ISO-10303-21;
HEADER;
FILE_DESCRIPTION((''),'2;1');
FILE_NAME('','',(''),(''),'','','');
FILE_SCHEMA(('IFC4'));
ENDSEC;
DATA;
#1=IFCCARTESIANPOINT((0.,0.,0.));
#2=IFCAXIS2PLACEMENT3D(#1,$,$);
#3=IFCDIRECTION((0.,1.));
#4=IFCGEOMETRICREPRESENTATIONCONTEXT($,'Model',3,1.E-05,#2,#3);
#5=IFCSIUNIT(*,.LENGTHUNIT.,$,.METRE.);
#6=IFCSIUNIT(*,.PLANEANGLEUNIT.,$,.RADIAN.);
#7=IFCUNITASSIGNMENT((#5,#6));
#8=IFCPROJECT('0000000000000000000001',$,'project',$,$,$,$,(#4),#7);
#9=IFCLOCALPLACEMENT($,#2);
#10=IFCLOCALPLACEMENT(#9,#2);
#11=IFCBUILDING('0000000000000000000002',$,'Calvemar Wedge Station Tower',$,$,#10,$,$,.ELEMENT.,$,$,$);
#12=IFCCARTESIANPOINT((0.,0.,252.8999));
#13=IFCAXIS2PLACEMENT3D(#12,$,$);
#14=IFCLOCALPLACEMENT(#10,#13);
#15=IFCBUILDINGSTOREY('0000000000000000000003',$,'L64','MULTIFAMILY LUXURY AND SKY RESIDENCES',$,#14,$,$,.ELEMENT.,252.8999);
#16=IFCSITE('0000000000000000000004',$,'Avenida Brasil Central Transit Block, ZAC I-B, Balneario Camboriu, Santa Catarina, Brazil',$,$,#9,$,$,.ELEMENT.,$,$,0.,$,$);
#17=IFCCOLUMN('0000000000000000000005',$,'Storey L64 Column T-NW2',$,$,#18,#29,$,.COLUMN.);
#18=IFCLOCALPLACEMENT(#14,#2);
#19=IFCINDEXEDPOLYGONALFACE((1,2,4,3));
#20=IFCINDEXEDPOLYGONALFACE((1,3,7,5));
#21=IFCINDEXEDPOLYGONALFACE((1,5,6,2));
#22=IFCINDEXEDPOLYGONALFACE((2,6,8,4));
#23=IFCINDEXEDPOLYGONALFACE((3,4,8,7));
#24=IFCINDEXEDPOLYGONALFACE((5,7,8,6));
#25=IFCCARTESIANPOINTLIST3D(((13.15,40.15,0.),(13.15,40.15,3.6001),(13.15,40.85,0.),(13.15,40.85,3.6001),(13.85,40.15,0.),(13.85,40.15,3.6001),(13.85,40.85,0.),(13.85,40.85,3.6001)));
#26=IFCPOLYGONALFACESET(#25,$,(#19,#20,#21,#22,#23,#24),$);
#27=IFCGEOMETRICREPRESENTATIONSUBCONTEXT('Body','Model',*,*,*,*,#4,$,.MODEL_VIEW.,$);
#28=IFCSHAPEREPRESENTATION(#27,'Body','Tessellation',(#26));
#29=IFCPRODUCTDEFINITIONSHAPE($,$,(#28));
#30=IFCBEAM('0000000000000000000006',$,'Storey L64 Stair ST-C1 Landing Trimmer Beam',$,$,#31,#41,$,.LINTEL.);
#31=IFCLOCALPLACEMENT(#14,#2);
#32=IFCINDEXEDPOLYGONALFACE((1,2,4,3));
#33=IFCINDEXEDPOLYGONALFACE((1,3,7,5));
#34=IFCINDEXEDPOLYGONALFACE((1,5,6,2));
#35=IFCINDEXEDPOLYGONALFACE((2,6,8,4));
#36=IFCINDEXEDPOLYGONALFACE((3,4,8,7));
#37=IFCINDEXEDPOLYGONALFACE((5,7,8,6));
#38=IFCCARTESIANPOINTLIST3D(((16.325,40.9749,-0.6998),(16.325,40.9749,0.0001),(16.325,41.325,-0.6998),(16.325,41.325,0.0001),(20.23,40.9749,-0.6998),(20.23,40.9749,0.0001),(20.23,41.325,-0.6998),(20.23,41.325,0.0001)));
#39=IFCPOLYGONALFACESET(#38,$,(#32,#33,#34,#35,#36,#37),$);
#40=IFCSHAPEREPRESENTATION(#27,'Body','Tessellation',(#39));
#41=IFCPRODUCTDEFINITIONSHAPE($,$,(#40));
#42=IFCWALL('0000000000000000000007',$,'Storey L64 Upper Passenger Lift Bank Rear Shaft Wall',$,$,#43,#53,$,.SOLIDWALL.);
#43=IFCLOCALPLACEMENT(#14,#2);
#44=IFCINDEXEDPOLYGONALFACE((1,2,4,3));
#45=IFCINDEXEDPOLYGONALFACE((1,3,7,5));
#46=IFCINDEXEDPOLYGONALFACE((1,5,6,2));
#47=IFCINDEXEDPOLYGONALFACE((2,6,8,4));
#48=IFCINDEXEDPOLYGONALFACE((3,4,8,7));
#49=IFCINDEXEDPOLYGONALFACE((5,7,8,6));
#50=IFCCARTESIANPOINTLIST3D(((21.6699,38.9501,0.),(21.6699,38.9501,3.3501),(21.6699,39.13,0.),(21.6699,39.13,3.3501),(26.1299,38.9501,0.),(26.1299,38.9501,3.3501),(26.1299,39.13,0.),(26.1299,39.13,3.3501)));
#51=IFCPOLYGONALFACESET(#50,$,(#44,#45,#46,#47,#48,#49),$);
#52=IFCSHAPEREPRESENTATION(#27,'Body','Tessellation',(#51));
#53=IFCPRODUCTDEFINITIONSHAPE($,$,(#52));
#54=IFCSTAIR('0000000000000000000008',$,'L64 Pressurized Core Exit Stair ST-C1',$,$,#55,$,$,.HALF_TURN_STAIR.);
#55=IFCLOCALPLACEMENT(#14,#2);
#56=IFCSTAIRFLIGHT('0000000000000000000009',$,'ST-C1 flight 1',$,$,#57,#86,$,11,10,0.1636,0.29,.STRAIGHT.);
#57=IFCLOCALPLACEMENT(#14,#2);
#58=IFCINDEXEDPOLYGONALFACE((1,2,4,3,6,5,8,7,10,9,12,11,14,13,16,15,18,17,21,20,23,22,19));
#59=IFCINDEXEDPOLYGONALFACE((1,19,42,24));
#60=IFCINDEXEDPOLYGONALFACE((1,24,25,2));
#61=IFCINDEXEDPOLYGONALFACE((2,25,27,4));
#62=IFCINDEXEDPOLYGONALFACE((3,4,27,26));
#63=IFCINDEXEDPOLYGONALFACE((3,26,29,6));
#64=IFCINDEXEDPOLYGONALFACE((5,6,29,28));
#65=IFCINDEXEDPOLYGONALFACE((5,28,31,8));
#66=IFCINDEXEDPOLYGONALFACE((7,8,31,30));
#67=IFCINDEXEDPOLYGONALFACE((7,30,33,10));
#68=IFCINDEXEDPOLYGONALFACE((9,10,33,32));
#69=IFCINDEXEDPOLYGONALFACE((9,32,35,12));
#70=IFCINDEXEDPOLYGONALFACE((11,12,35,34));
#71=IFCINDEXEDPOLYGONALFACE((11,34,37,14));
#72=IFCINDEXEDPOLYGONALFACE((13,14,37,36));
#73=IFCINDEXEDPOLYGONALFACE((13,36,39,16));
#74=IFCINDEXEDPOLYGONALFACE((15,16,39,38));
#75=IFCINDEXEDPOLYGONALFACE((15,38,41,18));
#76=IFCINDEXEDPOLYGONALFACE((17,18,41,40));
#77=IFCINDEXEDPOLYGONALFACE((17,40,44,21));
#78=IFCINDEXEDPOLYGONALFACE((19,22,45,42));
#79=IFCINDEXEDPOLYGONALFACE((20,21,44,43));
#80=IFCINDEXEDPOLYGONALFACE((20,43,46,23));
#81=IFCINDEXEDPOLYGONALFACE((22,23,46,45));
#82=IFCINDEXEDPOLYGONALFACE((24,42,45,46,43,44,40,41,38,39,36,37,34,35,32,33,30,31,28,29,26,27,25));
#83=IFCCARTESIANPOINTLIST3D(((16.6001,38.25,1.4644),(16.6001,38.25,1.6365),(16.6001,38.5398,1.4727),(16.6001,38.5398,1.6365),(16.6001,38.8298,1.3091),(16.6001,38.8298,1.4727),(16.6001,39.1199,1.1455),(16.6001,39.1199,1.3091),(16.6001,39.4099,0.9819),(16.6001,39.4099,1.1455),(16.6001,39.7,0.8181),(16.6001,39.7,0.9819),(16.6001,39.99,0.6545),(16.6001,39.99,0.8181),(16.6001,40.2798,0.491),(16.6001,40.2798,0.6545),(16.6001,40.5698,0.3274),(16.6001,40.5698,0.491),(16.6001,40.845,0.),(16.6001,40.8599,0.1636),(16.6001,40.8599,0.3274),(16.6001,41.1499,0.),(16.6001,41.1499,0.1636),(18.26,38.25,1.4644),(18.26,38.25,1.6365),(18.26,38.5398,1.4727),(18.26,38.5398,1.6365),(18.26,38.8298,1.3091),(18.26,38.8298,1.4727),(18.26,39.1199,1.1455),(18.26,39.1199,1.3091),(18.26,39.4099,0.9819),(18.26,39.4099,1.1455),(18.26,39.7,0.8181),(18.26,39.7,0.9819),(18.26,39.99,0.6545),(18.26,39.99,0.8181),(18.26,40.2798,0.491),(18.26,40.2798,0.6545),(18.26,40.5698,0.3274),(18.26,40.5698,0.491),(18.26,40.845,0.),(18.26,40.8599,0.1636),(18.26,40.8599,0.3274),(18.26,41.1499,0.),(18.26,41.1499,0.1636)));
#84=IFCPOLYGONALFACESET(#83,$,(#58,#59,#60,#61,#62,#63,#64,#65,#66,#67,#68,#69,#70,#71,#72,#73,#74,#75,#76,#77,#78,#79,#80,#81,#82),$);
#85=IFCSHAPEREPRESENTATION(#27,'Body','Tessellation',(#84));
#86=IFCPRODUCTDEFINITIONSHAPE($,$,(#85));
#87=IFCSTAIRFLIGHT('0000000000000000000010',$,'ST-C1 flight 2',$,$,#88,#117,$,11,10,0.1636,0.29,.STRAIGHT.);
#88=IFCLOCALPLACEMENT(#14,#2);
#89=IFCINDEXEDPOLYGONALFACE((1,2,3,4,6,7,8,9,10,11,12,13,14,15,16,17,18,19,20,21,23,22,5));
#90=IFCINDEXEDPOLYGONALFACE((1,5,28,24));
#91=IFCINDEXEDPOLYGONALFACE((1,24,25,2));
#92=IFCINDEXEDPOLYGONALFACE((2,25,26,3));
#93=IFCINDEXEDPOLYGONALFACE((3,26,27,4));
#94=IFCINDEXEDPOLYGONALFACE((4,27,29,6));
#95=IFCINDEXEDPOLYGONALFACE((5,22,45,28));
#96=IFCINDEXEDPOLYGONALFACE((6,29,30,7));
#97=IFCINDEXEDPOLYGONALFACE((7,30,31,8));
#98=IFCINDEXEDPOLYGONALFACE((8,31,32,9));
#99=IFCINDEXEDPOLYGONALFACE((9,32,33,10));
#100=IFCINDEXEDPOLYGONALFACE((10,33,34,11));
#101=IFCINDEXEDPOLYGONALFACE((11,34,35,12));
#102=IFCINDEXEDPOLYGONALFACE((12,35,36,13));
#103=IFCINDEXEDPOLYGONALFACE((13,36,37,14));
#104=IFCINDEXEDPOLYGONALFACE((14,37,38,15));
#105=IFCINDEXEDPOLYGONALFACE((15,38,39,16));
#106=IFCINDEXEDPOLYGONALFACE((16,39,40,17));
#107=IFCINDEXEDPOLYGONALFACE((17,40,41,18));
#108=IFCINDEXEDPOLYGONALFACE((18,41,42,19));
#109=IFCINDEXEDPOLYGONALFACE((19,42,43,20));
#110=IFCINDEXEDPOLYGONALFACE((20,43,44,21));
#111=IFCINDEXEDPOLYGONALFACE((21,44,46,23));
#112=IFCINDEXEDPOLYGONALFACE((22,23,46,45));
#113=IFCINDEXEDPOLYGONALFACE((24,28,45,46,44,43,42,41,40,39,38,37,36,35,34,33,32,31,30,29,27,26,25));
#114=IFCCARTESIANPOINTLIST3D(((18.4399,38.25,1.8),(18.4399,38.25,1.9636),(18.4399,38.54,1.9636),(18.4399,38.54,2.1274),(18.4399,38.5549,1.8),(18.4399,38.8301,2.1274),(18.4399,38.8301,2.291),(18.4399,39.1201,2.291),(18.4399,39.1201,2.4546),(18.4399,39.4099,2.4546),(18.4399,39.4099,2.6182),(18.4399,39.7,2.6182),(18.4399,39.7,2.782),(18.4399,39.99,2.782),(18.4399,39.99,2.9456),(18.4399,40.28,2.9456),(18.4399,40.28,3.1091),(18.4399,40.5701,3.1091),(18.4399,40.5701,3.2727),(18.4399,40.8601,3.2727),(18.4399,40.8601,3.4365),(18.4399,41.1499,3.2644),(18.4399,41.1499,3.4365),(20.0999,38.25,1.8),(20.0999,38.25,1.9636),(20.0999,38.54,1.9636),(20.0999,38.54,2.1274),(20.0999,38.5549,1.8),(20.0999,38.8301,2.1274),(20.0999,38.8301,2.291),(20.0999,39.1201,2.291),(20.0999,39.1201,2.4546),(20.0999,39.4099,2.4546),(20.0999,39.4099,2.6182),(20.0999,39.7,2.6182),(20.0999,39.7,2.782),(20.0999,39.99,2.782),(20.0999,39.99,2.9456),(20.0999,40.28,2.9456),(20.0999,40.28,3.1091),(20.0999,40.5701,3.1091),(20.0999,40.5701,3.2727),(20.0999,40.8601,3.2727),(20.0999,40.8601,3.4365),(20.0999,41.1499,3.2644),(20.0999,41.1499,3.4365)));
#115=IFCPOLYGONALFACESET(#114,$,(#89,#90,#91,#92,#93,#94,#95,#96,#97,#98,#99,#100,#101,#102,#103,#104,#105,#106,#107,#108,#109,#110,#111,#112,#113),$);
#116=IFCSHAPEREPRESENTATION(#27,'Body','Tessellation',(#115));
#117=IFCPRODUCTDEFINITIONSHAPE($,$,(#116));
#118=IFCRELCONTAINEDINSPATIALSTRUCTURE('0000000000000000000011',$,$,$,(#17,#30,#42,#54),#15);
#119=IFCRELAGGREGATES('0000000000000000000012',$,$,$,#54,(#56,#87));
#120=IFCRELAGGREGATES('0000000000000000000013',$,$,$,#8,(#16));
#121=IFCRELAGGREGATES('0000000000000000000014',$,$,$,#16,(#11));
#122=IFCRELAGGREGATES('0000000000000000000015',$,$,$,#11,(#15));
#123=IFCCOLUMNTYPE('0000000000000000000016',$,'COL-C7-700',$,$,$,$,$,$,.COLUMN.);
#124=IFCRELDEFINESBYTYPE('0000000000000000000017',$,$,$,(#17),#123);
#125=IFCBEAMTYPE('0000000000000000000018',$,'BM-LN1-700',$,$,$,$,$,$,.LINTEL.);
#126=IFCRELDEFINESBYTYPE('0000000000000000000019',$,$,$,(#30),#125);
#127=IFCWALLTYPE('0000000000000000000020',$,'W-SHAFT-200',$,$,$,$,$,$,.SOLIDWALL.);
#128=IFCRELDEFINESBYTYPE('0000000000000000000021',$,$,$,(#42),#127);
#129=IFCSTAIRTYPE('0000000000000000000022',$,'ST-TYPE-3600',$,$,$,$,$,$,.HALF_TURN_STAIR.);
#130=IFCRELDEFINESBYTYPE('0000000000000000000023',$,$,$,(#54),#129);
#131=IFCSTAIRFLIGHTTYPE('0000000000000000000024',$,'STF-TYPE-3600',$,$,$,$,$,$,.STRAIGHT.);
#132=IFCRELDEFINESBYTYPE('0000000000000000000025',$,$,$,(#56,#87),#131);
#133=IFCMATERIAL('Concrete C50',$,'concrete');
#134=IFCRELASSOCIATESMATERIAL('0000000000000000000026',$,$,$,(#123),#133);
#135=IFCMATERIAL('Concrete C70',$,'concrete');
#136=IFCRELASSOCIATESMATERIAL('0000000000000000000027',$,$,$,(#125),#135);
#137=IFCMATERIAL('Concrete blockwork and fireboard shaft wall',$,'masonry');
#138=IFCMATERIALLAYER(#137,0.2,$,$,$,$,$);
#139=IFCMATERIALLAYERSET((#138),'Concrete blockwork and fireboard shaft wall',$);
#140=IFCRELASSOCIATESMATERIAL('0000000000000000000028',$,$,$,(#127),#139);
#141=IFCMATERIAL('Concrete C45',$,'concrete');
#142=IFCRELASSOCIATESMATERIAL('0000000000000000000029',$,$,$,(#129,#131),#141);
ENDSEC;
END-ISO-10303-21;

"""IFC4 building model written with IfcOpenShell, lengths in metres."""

from ifc_helpers import new_model, si_unit, direction, frame, frame_2d, origin, origin_2d, place, context, subcontext, project, spatial, polyline, rectangle, outline, extrude, source, transform, mapped, material, layer, layer_set, material_profile, profile_set, type_object, element, aggregate, save


model = new_model("IFC4")

# Units and contexts
model_context = context("Model", 3, precision=1e-05, world=origin(), true_north=direction((0.0, 1.0)))
body_context = subcontext(model_context, "Body", "Model", "MODEL_VIEW")
ifc_project = project(units=[si_unit("LENGTHUNIT", "METRE"), si_unit("PLANEANGLEUNIT", "RADIAN")], contexts=[model_context])

# Site, building, storey
site_placement = place(None, origin())
site = spatial("IfcSite", under=ifc_project, at=site_placement, Name="Avenida Brasil Central Transit Block, ZAC I-B, Balneario Camboriu, Santa Catarina, Brazil", CompositionType="ELEMENT", RefElevation=0.0)
building_placement = place(site_placement, origin())
building = spatial("IfcBuilding", under=site, at=building_placement, Name="Calvemar Wedge Station Tower", CompositionType="ELEMENT")
storey_placement = place(building_placement, frame((0.0, 0.0, 252.8999)))
storey = spatial("IfcBuildingStorey", under=building, at=storey_placement, Name="L64", Description="MULTIFAMILY LUXURY AND SKY RESIDENCES", CompositionType="ELEMENT", Elevation=252.8999)

# Column
ifc_material_1 = material(Name="Concrete C50", Category="concrete")
ifc_material_profile_1 = material_profile(ifc_material_1, rectangle(XDim=0.7, YDim=0.7, at=origin_2d()), Name="RC700x700")
ifc_profile_set_1 = profile_set([ifc_material_profile_1], Name="Concrete C50")
column_type = type_object("IfcColumnType", Name="COL-C7-700", PredefinedType="COLUMN", material=ifc_profile_set_1)
shared_shape_1 = source(origin(), body_context, "Body", "SweptSolid", [
    extrude(rectangle(XDim=0.7, YDim=0.7, at=origin_2d()), origin(), (0.0, 0.0, 1.0), 3.6001),
])
column_placement = place(storey_placement, frame((13.5, 40.5, 0.0), z_axis=(0.0, 0.0, 1.0), x_axis=(1.0, 0.0, 0.0)))
element("IfcColumn", 1, at=column_placement, inside=storey, type_object=column_type, Name="Storey L64 Column T-NW2", PredefinedType="COLUMN", context=body_context, shape_type="MappedRepresentation", body=[
    mapped(shared_shape_1, transform((0.0, 0.0, 0.0), scale=1.0)),
])

# Beam
ifc_material_2 = material(Name="Concrete C70", Category="concrete")
ifc_material_profile_2 = material_profile(ifc_material_2, rectangle(XDim=0.3501, YDim=0.7, at=origin_2d()), Name="RC350x700")
ifc_profile_set_2 = profile_set([ifc_material_profile_2], Name="Concrete C70")
beam_type = type_object("IfcBeamType", Name="BM-LN1-700", PredefinedType="LINTEL", material=ifc_profile_set_2)
shared_shape_2 = source(origin(), body_context, "Body", "SweptSolid", [
    extrude(rectangle(XDim=0.3501, YDim=0.7, at=origin_2d()), origin(), (0.0, 0.0, 1.0), 3.905),
])
beam_placement = place(storey_placement, frame((16.325, 41.1499, -0.3499), z_axis=(1.0, 0.0, 0.0), x_axis=(0.0, 1.0, 0.0)))
element("IfcBeam", 2, at=beam_placement, inside=storey, type_object=beam_type, Name="Storey L64 Stair ST-C1 Landing Trimmer Beam", PredefinedType="LINTEL", context=body_context, shape_type="MappedRepresentation", body=[
    mapped(shared_shape_2, transform((0.0, 0.0, 0.0), scale=1.0)),
])

# Wall
ifc_material_3 = material(Name="Concrete blockwork and fireboard shaft wall", Category="masonry")
ifc_layer_1 = layer(ifc_material_3, 0.2)
ifc_layer_set_1 = layer_set([ifc_layer_1], Name="Concrete blockwork and fireboard shaft wall")
wall_type_1 = type_object("IfcWallType", Name="W-SHAFT-200", PredefinedType="SOLIDWALL", material=ifc_layer_set_1)
wall_1_placement = place(storey_placement, frame((21.6699, 39.04, 0.0), z_axis=(0.0, 0.0, 1.0), x_axis=(1.0, 0.0, 0.0)))
element("IfcWall", 3, at=wall_1_placement, inside=storey, type_object=wall_type_1, Name="Storey L64 Upper Passenger Lift Bank Rear Shaft Wall", PredefinedType="SOLIDWALL", context=body_context, shape_type="SweptSolid", body=[
    extrude(rectangle(XDim=4.46, YDim=0.1799, at=frame_2d((2.23, 0.0))), origin(), (0.0, 0.0, 1.0), 3.3501),
])

# Stair, stair flights
ifc_material_4 = material(Name="Concrete C45", Category="concrete")
stair_type = type_object("IfcStairType", Name="ST-TYPE-3600", PredefinedType="HALF_TURN_STAIR", material=ifc_material_4)
stair_placement = place(storey_placement, origin())
stair = element("IfcStair", 4, at=stair_placement, inside=storey, type_object=stair_type, Name="L64 Pressurized Core Exit Stair ST-C1", PredefinedType="HALF_TURN_STAIR")
stair_flight_type = type_object("IfcStairFlightType", Name="STF-TYPE-3600", PredefinedType="STRAIGHT", material=ifc_material_4)
stair_flight_1_placement = place(storey_placement, frame((17.4299, 41.1499, 0.0), z_axis=(0.0, 0.0, 1.0), x_axis=(0.0, -1.0, 0.0)))
stair_flight_1 = element("IfcStairFlight", 5, at=stair_flight_1_placement, type_object=stair_flight_type, Name="ST-C1 flight 1", NumberOfRisers=11, NumberOfTreads=10, PredefinedType="STRAIGHT", RiserHeight=0.1636, TreadLength=0.29, context=body_context, shape_type="SweptSolid", body=[
    extrude(outline(polyline([(0.0, 0.0), (0.0, 0.1636), (0.29, 0.1636), (0.29, 0.3274), (0.5801, 0.3274), (0.5801, 0.491), (0.8701, 0.491), (0.8701, 0.6545), (1.1599, 0.6545), (1.1599, 0.8181), (1.45, 0.8181), (1.45, 0.9819), (1.74, 0.9819), (1.74, 1.1455), (2.03, 1.1455), (2.03, 1.3091), (2.3201, 1.3091), (2.3201, 1.4727), (2.6101, 1.4727), (2.6101, 1.6365), (2.8999, 1.6365), (2.8999, 1.8), (2.8999, 1.4644), (0.3049, 0.0), (0.0, 0.0)])), frame((0.0, 0.8301, 0.0), z_axis=(0.0, -1.0, 0.0), x_axis=(1.0, 0.0, 0.0)), (0.0, 0.0, 1.0), 1.6599),
])
stair_flight_2_placement = place(storey_placement, frame((19.27, 38.25, 1.8), z_axis=(0.0, 0.0, 1.0), x_axis=(0.0, 1.0, 0.0)))
stair_flight_2 = element("IfcStairFlight", 6, at=stair_flight_2_placement, type_object=stair_flight_type, Name="ST-C1 flight 2", NumberOfRisers=11, NumberOfTreads=10, PredefinedType="STRAIGHT", RiserHeight=0.1636, TreadLength=0.29, context=body_context, shape_type="SweptSolid", body=[
    extrude(outline(polyline([(0.0, 0.0), (0.0, 0.1636), (0.29, 0.1636), (0.29, 0.3274), (0.5801, 0.3274), (0.5801, 0.491), (0.8701, 0.491), (0.8701, 0.6545), (1.1599, 0.6545), (1.1599, 0.8181), (1.45, 0.8181), (1.45, 0.9819), (1.74, 0.9819), (1.74, 1.1455), (2.03, 1.1455), (2.03, 1.3091), (2.3201, 1.3091), (2.3201, 1.4727), (2.6101, 1.4727), (2.6101, 1.6365), (2.8999, 1.6365), (2.8999, 1.8), (2.8999, 1.4644), (0.3049, 0.0), (0.0, 0.0)])), frame((0.0, 0.8301, 0.0), z_axis=(0.0, -1.0, 0.0), x_axis=(1.0, 0.0, 0.0)), (0.0, 0.0, 1.0), 1.6599),
])
aggregate(stair, [stair_flight_1, stair_flight_2])

save(model, "model.ifc")
